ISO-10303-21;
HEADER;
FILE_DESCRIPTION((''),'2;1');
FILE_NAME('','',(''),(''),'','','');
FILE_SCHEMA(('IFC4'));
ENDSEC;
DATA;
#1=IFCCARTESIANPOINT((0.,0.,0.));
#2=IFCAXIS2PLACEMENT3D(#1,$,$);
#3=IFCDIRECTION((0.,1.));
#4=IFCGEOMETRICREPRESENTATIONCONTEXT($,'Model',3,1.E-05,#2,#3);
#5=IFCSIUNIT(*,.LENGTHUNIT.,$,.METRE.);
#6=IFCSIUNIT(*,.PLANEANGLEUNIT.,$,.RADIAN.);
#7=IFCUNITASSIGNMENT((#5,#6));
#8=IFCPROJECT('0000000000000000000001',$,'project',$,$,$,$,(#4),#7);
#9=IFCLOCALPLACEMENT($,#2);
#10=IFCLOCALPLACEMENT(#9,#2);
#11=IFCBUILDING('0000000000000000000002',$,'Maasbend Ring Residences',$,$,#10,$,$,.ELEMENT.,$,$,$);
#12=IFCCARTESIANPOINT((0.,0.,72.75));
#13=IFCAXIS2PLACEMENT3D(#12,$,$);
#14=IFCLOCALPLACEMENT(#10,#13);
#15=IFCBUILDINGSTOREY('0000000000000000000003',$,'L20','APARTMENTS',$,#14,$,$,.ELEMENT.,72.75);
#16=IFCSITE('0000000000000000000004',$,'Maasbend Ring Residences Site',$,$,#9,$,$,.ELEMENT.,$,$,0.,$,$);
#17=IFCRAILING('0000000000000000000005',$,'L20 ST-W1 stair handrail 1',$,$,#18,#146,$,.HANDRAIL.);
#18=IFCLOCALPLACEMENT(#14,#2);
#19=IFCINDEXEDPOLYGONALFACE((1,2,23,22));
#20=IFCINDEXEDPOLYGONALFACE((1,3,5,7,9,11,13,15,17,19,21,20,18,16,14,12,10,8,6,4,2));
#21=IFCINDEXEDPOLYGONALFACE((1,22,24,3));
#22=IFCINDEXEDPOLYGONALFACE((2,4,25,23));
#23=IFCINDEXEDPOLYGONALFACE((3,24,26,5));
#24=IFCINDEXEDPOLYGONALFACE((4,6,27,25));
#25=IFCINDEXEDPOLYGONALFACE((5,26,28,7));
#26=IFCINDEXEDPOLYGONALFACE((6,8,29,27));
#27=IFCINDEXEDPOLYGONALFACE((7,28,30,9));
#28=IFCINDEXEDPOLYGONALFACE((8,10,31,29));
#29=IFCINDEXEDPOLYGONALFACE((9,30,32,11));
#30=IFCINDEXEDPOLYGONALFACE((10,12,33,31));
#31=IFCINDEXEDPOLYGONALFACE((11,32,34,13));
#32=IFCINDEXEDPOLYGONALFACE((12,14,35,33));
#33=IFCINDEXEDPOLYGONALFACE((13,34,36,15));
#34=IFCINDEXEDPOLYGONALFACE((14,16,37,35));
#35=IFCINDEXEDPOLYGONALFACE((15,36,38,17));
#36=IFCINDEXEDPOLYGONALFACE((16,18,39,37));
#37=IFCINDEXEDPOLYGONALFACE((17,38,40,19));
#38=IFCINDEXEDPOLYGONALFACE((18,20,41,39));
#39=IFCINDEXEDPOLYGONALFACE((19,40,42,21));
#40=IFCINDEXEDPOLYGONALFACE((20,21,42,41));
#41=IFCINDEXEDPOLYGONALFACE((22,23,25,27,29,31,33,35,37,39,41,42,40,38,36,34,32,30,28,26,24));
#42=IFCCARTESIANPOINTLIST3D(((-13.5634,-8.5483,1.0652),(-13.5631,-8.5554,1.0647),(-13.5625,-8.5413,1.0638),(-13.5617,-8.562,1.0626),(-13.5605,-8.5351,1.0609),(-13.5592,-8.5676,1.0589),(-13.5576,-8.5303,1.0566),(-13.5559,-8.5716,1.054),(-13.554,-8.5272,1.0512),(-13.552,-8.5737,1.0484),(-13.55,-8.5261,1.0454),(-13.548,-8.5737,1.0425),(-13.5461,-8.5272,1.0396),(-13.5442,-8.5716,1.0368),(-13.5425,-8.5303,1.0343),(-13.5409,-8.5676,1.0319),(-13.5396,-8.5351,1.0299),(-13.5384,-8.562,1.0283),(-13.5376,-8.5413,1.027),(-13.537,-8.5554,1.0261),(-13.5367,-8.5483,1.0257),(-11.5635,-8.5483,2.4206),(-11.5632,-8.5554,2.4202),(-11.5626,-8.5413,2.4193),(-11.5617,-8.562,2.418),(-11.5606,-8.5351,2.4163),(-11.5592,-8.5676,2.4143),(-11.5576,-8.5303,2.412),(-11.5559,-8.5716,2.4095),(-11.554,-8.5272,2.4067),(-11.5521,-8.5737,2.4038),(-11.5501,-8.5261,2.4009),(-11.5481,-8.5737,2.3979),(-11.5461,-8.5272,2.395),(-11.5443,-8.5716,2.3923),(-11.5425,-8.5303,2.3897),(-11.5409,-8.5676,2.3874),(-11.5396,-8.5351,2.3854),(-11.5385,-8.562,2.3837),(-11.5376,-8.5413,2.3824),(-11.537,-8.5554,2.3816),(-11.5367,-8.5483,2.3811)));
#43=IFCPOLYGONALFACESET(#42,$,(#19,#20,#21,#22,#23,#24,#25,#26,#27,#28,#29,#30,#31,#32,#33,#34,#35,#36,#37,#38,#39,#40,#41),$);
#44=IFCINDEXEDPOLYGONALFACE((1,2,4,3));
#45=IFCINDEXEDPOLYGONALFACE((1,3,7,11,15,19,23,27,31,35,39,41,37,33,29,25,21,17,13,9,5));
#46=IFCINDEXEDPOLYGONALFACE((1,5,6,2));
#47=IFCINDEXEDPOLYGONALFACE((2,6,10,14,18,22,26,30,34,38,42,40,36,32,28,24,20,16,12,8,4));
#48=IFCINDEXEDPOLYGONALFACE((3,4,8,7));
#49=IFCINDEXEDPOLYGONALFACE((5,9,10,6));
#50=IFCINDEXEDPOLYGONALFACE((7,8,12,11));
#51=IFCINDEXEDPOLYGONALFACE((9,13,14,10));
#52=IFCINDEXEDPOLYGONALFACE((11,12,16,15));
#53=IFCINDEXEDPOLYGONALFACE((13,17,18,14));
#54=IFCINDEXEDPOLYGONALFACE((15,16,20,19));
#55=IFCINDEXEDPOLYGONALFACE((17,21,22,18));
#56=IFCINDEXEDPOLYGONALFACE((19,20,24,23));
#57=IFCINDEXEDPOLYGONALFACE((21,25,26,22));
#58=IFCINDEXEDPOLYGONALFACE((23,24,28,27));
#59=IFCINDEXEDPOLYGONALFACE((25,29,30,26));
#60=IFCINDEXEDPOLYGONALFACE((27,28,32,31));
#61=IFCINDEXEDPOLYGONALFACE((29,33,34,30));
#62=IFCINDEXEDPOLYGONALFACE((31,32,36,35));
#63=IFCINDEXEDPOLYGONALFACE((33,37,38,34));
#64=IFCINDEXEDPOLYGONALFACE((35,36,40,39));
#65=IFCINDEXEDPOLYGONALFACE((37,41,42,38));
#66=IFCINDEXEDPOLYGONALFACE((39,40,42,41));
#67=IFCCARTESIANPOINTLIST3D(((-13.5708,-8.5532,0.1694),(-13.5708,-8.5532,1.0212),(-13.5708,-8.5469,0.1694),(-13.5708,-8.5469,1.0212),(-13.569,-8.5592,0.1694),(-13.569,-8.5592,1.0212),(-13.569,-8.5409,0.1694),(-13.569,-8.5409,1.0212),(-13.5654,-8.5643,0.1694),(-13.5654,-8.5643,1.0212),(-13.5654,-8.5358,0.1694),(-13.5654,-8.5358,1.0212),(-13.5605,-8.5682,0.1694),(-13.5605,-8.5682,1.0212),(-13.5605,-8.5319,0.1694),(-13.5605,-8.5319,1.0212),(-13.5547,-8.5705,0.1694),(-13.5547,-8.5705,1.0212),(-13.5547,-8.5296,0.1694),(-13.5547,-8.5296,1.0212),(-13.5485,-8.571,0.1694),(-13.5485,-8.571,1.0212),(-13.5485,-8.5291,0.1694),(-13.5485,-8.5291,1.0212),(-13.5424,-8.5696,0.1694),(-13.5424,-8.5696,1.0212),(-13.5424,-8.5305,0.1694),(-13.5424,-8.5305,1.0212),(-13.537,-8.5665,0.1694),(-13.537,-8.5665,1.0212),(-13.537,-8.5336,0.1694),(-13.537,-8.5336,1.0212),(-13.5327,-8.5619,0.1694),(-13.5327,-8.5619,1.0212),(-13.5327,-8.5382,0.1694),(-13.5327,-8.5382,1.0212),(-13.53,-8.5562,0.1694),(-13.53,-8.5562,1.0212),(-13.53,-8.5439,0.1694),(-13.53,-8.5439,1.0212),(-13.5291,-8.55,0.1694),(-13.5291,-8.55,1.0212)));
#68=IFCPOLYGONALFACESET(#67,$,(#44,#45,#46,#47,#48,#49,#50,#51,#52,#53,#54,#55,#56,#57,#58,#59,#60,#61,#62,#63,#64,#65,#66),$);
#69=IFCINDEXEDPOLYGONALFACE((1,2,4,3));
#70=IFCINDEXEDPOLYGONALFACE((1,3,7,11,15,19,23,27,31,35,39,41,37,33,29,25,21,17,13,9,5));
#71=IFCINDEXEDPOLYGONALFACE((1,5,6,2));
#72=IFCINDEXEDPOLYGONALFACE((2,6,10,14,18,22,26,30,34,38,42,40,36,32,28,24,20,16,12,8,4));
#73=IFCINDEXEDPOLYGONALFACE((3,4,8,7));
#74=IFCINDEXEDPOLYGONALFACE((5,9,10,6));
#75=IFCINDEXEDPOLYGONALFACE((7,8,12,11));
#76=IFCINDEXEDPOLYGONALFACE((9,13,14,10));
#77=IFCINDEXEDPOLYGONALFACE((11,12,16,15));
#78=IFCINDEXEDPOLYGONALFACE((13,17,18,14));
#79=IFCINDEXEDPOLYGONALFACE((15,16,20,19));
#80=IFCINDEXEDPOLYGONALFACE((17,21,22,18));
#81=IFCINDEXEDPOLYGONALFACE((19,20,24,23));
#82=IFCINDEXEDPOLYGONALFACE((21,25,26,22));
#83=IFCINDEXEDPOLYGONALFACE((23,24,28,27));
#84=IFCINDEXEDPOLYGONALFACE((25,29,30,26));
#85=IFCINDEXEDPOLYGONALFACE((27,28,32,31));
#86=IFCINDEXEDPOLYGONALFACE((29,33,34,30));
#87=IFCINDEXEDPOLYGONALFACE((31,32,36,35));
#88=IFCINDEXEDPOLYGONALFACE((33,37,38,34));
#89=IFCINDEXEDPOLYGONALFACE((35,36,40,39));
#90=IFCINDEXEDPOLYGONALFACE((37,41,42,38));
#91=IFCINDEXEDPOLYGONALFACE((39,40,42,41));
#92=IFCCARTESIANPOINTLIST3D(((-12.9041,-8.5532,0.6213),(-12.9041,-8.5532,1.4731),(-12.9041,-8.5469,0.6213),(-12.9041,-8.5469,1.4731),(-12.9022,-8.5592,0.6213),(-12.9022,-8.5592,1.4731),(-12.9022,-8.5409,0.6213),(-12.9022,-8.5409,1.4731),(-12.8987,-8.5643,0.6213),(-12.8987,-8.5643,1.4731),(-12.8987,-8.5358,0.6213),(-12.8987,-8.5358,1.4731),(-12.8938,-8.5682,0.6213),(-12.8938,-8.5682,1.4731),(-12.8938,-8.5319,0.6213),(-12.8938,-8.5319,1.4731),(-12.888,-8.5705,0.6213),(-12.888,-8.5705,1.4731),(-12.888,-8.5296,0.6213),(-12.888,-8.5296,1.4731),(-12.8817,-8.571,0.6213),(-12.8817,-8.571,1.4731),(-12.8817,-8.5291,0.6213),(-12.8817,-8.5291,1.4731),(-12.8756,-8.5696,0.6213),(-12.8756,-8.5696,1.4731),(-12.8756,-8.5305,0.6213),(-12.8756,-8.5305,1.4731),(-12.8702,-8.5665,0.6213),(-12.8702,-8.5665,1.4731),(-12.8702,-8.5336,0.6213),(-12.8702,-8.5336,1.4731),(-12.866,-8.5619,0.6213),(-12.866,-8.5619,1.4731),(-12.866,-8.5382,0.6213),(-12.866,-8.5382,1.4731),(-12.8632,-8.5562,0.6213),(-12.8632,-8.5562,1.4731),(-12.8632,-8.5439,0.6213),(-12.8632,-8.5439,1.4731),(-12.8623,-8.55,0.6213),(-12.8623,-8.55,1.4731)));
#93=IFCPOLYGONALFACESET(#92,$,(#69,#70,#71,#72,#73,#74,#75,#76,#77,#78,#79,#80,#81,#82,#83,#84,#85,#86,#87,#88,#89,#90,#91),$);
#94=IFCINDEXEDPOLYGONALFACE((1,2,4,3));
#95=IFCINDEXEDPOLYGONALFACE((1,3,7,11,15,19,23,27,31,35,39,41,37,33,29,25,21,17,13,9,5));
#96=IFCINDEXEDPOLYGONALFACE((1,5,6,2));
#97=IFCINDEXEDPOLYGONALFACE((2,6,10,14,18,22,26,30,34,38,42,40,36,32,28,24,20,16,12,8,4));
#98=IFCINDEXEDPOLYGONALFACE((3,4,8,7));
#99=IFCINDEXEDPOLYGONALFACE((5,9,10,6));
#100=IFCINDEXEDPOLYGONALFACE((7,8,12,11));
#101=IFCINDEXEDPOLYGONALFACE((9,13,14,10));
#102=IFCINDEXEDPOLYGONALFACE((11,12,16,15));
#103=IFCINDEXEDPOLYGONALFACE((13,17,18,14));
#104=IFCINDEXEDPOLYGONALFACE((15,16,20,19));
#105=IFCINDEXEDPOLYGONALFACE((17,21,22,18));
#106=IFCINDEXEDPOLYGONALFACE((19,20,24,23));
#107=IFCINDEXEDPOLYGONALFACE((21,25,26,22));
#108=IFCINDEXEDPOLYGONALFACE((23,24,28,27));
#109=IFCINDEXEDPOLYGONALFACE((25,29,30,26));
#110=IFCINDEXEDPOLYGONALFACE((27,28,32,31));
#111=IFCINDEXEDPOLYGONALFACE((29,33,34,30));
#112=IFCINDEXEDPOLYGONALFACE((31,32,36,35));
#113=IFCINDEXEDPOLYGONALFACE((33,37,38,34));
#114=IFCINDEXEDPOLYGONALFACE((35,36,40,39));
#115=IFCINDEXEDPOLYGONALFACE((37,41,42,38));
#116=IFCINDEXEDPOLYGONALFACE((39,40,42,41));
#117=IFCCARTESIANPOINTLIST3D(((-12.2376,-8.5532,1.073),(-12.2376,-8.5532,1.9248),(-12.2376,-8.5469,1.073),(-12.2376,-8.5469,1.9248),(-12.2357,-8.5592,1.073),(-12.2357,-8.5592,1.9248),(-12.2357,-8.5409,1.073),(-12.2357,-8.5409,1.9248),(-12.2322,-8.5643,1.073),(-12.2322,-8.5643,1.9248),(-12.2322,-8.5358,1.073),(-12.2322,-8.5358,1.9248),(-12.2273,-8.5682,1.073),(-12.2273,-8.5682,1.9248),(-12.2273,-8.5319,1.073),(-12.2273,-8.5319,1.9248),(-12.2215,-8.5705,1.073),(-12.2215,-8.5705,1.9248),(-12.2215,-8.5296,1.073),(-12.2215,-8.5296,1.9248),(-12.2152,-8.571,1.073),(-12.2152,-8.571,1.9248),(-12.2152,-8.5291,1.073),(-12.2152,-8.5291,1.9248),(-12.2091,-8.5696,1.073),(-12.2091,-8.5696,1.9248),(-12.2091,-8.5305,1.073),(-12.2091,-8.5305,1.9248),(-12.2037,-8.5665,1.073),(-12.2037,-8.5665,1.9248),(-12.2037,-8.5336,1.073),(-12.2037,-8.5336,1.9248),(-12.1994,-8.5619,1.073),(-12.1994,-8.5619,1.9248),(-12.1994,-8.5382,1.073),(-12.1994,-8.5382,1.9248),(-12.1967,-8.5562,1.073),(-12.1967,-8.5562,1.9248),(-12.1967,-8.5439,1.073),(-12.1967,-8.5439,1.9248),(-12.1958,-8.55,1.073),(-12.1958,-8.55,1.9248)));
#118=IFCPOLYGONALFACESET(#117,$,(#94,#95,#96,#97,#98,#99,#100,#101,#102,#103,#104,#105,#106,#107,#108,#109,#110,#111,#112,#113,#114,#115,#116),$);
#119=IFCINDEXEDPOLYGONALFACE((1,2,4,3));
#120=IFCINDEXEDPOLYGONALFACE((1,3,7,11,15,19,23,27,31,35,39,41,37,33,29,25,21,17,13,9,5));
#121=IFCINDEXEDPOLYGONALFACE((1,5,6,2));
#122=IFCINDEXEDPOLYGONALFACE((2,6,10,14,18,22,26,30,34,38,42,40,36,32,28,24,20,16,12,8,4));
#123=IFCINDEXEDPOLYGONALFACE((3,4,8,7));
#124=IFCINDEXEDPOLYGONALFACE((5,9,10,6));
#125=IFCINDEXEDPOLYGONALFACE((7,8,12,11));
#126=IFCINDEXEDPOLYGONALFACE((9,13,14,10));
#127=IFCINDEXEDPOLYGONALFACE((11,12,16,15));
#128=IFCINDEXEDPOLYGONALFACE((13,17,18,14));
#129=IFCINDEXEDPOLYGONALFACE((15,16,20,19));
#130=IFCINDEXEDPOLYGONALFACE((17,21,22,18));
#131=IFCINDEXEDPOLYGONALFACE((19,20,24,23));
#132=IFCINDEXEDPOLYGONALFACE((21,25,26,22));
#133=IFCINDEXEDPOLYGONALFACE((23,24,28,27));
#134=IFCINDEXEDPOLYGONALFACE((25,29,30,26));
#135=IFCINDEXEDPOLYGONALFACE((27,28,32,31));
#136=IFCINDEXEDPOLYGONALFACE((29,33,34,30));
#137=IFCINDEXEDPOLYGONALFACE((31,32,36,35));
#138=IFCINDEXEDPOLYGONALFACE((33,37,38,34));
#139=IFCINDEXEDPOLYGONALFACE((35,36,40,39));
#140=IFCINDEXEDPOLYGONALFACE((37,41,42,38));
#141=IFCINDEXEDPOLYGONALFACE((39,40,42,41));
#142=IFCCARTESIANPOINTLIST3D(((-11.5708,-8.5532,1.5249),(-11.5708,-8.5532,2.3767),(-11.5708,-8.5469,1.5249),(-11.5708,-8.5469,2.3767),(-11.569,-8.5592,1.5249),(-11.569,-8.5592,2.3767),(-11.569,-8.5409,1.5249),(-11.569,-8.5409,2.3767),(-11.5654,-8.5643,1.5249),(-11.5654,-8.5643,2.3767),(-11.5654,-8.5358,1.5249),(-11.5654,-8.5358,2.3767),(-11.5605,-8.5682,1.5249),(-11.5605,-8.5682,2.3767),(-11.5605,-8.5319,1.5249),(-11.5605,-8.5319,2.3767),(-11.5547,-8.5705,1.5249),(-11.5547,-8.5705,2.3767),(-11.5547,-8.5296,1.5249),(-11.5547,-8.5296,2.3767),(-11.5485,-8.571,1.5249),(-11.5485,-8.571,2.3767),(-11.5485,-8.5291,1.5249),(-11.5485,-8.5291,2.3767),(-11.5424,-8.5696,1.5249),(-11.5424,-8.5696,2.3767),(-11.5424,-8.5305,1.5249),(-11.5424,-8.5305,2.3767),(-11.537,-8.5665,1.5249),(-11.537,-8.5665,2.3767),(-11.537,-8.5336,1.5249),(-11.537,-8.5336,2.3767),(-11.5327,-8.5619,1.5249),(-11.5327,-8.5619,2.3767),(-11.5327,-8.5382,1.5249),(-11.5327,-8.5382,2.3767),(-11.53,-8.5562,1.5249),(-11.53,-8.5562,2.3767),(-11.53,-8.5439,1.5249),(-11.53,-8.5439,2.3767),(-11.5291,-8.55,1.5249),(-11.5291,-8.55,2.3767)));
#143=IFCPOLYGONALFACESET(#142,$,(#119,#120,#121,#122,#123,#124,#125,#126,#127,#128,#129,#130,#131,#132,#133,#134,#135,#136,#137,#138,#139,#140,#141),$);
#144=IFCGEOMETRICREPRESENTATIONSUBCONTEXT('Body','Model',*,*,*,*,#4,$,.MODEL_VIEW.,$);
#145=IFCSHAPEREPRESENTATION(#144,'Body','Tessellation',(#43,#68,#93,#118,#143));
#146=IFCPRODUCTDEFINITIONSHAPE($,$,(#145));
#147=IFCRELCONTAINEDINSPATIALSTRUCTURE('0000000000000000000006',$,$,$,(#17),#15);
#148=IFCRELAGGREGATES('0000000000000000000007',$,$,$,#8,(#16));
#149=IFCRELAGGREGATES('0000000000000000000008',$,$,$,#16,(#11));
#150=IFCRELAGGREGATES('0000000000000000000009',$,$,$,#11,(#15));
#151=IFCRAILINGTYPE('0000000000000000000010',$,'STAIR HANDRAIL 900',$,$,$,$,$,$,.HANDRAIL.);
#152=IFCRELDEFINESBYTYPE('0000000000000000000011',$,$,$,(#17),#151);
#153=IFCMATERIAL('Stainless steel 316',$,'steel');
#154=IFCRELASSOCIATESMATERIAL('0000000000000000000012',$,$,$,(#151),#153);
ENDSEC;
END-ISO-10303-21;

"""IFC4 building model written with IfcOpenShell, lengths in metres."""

from ifc_helpers import new_model, si_unit, direction, frame, origin, origin_2d, place, context, subcontext, project, spatial, circle, extrude, material, type_object, element, save


model = new_model("IFC4")

# Units and contexts
model_context = context("Model", 3, precision=1e-05, world=origin(), true_north=direction((0.0, 1.0)))
body_context = subcontext(model_context, "Body", "Model", "MODEL_VIEW")
ifc_project = project(units=[si_unit("LENGTHUNIT", "METRE"), si_unit("PLANEANGLEUNIT", "RADIAN")], contexts=[model_context])

# Site, building, storey
site_placement = place(None, origin())
site = spatial("IfcSite", under=ifc_project, at=site_placement, Name="Maasbend Ring Residences Site", CompositionType="ELEMENT", RefElevation=0.0)
building_placement = place(site_placement, origin())
building = spatial("IfcBuilding", under=site, at=building_placement, Name="Maasbend Ring Residences", CompositionType="ELEMENT")
storey_placement = place(building_placement, frame((0.0, 0.0, 72.75)))
storey = spatial("IfcBuildingStorey", under=building, at=storey_placement, Name="L20", Description="APARTMENTS", CompositionType="ELEMENT", Elevation=72.75)

# Railing
ifc_material_1 = material(Name="Stainless steel 316", Category="steel")
railing_type_1 = type_object("IfcRailingType", Name="STAIR HANDRAIL 900", PredefinedType="HANDRAIL", material=ifc_material_1)
railing_1_placement = place(storey_placement, frame((-13.55, -8.55, 0.1694)))
element("IfcRailing", 1, at=railing_1_placement, inside=storey, type_object=railing_type_1, Name="L20 ST-W1 stair handrail 1", PredefinedType="HANDRAIL", context=body_context, shape_type="SweptSolid", body=[
    extrude(circle(Radius=0.0239, at=origin_2d()), frame((0.0, 0.0, 0.876), z_axis=(0.827798, 0.0, 0.561027), x_axis=(0.0, 1.0, 0.0)), (0.0, 0.0, 1.0), 2.416),
    extrude(circle(Radius=0.021, at=origin_2d()), origin(), (0.0, 0.0, 1.0), 0.8518),
    extrude(circle(Radius=0.021, at=origin_2d()), frame((0.6667, 0.0, 0.4519)), (0.0, 0.0, 1.0), 0.8518),
    extrude(circle(Radius=0.021, at=origin_2d()), frame((1.3333, 0.0, 0.9036)), (0.0, 0.0, 1.0), 0.8518),
    extrude(circle(Radius=0.021, at=origin_2d()), frame((2.0, 0.0, 1.3555)), (0.0, 0.0, 1.0), 0.8518),
])

save(model, "model.ifc")
